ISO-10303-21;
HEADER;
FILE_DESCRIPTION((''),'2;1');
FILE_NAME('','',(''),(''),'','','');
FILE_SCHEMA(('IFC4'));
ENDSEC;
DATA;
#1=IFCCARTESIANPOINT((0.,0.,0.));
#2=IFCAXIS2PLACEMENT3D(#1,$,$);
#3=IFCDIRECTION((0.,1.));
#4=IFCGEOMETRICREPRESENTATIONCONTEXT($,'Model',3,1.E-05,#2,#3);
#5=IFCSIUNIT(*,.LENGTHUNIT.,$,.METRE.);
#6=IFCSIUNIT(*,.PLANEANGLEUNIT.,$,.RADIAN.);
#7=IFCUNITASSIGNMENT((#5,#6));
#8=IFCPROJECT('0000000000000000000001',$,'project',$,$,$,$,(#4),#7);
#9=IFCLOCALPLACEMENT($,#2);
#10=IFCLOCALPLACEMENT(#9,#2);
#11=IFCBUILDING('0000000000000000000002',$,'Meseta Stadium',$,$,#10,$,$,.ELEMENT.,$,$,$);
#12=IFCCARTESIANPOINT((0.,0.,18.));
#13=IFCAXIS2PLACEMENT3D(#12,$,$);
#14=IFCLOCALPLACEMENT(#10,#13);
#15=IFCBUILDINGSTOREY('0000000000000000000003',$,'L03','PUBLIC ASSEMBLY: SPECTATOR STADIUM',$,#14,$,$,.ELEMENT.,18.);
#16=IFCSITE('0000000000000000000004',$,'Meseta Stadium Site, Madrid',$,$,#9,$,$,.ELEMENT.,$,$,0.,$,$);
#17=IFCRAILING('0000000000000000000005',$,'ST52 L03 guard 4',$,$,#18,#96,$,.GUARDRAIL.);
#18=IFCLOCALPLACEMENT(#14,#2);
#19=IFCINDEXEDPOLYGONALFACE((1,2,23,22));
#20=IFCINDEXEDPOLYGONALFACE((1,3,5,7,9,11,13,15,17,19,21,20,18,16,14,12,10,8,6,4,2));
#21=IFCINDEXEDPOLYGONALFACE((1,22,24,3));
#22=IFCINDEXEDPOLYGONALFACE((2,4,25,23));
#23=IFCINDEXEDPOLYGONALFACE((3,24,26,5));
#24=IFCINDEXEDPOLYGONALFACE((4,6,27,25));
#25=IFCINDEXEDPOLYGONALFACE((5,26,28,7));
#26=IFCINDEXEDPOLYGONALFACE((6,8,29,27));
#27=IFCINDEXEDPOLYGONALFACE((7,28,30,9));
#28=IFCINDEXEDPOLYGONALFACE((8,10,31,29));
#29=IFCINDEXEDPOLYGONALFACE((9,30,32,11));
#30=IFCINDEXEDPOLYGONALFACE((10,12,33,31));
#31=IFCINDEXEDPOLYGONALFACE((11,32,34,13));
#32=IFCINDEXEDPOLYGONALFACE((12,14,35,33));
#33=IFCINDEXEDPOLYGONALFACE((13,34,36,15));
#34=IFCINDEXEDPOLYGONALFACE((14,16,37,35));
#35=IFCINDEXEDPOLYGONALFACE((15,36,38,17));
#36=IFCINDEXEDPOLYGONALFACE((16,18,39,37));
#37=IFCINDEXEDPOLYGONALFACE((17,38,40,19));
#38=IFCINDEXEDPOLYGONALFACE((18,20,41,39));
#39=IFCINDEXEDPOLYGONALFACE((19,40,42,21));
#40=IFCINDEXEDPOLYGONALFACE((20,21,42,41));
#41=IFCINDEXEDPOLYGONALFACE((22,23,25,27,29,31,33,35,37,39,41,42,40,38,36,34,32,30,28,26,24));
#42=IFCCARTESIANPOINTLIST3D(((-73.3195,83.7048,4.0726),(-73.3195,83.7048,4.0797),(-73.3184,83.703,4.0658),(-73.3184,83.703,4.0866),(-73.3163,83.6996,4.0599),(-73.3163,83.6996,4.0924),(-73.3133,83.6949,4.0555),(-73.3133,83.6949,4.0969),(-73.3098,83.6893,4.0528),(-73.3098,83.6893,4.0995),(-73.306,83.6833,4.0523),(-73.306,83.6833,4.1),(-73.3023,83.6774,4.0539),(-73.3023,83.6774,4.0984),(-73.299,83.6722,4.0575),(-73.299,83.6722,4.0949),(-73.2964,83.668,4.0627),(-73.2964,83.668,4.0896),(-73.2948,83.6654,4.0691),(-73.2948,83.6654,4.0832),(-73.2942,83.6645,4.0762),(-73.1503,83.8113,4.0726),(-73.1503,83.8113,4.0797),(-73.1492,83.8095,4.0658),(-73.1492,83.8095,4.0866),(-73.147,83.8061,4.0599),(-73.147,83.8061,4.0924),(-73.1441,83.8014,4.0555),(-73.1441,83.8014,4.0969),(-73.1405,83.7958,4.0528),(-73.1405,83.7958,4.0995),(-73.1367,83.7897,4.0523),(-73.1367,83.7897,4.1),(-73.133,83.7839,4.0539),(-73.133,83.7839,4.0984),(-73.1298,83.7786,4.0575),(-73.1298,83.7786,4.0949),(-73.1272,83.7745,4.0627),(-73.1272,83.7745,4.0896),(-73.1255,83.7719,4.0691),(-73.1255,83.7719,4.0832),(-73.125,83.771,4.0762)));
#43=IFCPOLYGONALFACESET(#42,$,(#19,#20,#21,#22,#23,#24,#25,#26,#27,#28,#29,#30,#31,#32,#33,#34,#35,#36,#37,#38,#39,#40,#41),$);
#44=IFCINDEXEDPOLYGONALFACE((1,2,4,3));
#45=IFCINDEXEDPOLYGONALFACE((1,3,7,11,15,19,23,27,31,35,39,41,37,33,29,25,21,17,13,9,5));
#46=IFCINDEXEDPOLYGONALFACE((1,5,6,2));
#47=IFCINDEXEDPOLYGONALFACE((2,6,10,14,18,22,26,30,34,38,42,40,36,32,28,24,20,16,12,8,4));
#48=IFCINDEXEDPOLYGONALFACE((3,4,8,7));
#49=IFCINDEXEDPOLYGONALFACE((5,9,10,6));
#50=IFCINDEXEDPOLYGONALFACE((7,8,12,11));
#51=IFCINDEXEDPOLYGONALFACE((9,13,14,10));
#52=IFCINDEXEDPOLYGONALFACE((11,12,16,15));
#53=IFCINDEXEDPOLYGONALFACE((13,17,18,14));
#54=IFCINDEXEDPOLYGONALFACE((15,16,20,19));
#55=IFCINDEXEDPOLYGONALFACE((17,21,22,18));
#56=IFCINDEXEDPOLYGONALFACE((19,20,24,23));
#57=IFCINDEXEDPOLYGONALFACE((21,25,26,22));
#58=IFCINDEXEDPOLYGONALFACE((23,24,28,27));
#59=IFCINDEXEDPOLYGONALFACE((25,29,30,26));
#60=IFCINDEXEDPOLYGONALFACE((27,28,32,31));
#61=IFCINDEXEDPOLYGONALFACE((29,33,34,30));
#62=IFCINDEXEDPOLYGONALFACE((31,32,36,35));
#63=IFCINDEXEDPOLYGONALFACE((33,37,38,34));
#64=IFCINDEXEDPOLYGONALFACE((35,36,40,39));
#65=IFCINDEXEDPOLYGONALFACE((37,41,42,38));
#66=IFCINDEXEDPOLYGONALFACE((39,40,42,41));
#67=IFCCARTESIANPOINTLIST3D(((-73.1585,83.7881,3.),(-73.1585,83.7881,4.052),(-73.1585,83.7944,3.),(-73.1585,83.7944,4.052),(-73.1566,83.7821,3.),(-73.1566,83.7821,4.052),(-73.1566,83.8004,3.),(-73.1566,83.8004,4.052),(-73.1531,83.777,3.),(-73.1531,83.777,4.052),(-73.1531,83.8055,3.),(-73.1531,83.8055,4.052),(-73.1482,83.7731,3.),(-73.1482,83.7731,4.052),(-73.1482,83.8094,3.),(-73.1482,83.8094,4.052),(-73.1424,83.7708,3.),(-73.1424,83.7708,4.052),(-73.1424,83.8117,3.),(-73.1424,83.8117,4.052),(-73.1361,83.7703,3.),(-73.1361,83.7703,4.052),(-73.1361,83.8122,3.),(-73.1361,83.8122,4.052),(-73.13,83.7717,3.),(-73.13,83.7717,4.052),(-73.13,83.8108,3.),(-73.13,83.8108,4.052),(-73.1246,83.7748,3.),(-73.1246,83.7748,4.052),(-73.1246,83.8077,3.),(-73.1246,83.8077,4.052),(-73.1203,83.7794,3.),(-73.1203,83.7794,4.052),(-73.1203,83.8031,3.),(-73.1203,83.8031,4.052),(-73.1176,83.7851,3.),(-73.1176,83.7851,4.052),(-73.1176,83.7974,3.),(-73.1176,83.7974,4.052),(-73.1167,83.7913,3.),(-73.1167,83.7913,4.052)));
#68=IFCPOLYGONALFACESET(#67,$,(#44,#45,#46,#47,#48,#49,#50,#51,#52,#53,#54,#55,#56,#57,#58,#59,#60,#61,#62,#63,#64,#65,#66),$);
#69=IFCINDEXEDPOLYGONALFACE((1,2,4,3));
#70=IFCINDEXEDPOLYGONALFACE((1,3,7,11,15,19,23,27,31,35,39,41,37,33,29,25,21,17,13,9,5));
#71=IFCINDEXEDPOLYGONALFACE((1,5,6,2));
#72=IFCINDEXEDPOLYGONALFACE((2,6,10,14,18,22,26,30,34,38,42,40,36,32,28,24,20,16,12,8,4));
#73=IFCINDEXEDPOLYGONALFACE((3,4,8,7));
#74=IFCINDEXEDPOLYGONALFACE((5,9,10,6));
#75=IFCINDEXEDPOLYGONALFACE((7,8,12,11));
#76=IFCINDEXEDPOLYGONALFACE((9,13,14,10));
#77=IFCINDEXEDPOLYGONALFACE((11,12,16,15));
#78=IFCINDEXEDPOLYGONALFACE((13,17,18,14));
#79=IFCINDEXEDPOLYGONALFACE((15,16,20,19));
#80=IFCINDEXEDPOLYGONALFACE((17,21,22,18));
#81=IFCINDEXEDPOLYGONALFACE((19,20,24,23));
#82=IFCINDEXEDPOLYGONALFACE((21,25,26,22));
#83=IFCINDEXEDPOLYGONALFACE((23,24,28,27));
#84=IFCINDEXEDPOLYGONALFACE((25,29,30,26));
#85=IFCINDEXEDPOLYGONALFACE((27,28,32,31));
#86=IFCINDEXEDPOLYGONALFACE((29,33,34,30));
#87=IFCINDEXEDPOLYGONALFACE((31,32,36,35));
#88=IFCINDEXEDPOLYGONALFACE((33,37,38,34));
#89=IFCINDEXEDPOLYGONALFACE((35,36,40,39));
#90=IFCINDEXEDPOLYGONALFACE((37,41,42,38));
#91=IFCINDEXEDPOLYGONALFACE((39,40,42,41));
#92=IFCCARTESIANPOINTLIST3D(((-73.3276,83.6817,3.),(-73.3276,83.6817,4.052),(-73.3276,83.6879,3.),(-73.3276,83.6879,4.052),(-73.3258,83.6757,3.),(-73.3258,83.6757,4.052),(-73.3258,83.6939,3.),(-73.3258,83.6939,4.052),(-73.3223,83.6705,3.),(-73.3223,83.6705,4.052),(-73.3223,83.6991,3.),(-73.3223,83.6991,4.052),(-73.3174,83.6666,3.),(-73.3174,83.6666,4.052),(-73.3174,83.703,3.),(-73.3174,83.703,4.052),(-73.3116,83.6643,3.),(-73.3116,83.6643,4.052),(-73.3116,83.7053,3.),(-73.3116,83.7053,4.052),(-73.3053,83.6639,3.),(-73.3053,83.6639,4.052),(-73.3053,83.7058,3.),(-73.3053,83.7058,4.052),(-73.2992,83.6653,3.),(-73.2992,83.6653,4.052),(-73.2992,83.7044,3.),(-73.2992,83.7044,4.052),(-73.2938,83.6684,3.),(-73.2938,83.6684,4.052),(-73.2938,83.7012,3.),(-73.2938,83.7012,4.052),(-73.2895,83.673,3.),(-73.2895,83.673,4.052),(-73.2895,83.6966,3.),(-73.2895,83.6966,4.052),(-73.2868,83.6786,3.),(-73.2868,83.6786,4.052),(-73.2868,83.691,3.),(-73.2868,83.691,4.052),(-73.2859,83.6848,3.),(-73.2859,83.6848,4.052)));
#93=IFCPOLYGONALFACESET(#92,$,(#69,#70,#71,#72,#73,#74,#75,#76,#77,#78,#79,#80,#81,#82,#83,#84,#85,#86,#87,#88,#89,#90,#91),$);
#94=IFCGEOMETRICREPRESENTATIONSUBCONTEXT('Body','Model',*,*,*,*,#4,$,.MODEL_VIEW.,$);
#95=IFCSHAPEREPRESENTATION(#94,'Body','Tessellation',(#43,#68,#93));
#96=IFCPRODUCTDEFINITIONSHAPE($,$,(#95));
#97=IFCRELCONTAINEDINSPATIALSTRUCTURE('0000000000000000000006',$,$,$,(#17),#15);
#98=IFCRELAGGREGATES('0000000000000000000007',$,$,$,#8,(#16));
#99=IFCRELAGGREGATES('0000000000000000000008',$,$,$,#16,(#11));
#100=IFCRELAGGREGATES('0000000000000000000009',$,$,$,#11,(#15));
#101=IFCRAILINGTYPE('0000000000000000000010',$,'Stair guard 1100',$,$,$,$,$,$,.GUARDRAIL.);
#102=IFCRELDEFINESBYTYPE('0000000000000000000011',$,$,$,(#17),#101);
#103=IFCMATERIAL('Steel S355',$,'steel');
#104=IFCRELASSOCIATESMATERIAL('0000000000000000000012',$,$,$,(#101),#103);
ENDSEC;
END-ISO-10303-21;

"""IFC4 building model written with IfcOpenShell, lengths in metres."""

from ifc_helpers import new_model, si_unit, direction, frame, origin, origin_2d, place, context, subcontext, project, spatial, circle, extrude, material, type_object, element, save


model = new_model("IFC4")

# Units and contexts
model_context = context("Model", 3, precision=1e-05, world=origin(), true_north=direction((0.0, 1.0)))
body_context = subcontext(model_context, "Body", "Model", "MODEL_VIEW")
ifc_project = project(units=[si_unit("LENGTHUNIT", "METRE"), si_unit("PLANEANGLEUNIT", "RADIAN")], contexts=[model_context])

# Site, building, storey
site_placement = place(None, origin())
site = spatial("IfcSite", under=ifc_project, at=site_placement, Name="Meseta Stadium Site, Madrid", CompositionType="ELEMENT", RefElevation=0.0)
building_placement = place(site_placement, origin())
building = spatial("IfcBuilding", under=site, at=building_placement, Name="Meseta Stadium", CompositionType="ELEMENT")
storey_placement = place(building_placement, frame((0.0, 0.0, 18.0)))
storey = spatial("IfcBuildingStorey", under=building, at=storey_placement, Name="L03", Description="PUBLIC ASSEMBLY: SPECTATOR STADIUM", CompositionType="ELEMENT", Elevation=18.0)

# Railing
ifc_material_1 = material(Name="Steel S355", Category="steel")
railing_type_1 = type_object("IfcRailingType", Name="Stair guard 1100", PredefinedType="GUARDRAIL", material=ifc_material_1)
railing_1_placement = place(storey_placement, frame((-73.1377, 83.7913, 3.0)))
element("IfcRailing", 1, at=railing_1_placement, inside=storey, type_object=railing_type_1, Name="ST52 L03 guard 4", PredefinedType="GUARDRAIL", context=body_context, shape_type="SweptSolid", body=[
    extrude(circle(Radius=0.0239, at=origin_2d()), frame((0.0, 0.0, 1.0762), z_axis=(-0.846416, -0.532522, 0.0), x_axis=(0.532522, -0.846416, 0.0)), (0.0, 0.0, 1.0), 0.2),
    extrude(circle(Radius=0.021, at=origin_2d()), origin(), (0.0, 0.0, 1.0), 1.052),
    extrude(circle(Radius=0.021, at=origin_2d()), frame((-0.1692, -0.1064, 0.0)), (0.0, 0.0, 1.0), 1.052),
])

save(model, "model.ifc")
